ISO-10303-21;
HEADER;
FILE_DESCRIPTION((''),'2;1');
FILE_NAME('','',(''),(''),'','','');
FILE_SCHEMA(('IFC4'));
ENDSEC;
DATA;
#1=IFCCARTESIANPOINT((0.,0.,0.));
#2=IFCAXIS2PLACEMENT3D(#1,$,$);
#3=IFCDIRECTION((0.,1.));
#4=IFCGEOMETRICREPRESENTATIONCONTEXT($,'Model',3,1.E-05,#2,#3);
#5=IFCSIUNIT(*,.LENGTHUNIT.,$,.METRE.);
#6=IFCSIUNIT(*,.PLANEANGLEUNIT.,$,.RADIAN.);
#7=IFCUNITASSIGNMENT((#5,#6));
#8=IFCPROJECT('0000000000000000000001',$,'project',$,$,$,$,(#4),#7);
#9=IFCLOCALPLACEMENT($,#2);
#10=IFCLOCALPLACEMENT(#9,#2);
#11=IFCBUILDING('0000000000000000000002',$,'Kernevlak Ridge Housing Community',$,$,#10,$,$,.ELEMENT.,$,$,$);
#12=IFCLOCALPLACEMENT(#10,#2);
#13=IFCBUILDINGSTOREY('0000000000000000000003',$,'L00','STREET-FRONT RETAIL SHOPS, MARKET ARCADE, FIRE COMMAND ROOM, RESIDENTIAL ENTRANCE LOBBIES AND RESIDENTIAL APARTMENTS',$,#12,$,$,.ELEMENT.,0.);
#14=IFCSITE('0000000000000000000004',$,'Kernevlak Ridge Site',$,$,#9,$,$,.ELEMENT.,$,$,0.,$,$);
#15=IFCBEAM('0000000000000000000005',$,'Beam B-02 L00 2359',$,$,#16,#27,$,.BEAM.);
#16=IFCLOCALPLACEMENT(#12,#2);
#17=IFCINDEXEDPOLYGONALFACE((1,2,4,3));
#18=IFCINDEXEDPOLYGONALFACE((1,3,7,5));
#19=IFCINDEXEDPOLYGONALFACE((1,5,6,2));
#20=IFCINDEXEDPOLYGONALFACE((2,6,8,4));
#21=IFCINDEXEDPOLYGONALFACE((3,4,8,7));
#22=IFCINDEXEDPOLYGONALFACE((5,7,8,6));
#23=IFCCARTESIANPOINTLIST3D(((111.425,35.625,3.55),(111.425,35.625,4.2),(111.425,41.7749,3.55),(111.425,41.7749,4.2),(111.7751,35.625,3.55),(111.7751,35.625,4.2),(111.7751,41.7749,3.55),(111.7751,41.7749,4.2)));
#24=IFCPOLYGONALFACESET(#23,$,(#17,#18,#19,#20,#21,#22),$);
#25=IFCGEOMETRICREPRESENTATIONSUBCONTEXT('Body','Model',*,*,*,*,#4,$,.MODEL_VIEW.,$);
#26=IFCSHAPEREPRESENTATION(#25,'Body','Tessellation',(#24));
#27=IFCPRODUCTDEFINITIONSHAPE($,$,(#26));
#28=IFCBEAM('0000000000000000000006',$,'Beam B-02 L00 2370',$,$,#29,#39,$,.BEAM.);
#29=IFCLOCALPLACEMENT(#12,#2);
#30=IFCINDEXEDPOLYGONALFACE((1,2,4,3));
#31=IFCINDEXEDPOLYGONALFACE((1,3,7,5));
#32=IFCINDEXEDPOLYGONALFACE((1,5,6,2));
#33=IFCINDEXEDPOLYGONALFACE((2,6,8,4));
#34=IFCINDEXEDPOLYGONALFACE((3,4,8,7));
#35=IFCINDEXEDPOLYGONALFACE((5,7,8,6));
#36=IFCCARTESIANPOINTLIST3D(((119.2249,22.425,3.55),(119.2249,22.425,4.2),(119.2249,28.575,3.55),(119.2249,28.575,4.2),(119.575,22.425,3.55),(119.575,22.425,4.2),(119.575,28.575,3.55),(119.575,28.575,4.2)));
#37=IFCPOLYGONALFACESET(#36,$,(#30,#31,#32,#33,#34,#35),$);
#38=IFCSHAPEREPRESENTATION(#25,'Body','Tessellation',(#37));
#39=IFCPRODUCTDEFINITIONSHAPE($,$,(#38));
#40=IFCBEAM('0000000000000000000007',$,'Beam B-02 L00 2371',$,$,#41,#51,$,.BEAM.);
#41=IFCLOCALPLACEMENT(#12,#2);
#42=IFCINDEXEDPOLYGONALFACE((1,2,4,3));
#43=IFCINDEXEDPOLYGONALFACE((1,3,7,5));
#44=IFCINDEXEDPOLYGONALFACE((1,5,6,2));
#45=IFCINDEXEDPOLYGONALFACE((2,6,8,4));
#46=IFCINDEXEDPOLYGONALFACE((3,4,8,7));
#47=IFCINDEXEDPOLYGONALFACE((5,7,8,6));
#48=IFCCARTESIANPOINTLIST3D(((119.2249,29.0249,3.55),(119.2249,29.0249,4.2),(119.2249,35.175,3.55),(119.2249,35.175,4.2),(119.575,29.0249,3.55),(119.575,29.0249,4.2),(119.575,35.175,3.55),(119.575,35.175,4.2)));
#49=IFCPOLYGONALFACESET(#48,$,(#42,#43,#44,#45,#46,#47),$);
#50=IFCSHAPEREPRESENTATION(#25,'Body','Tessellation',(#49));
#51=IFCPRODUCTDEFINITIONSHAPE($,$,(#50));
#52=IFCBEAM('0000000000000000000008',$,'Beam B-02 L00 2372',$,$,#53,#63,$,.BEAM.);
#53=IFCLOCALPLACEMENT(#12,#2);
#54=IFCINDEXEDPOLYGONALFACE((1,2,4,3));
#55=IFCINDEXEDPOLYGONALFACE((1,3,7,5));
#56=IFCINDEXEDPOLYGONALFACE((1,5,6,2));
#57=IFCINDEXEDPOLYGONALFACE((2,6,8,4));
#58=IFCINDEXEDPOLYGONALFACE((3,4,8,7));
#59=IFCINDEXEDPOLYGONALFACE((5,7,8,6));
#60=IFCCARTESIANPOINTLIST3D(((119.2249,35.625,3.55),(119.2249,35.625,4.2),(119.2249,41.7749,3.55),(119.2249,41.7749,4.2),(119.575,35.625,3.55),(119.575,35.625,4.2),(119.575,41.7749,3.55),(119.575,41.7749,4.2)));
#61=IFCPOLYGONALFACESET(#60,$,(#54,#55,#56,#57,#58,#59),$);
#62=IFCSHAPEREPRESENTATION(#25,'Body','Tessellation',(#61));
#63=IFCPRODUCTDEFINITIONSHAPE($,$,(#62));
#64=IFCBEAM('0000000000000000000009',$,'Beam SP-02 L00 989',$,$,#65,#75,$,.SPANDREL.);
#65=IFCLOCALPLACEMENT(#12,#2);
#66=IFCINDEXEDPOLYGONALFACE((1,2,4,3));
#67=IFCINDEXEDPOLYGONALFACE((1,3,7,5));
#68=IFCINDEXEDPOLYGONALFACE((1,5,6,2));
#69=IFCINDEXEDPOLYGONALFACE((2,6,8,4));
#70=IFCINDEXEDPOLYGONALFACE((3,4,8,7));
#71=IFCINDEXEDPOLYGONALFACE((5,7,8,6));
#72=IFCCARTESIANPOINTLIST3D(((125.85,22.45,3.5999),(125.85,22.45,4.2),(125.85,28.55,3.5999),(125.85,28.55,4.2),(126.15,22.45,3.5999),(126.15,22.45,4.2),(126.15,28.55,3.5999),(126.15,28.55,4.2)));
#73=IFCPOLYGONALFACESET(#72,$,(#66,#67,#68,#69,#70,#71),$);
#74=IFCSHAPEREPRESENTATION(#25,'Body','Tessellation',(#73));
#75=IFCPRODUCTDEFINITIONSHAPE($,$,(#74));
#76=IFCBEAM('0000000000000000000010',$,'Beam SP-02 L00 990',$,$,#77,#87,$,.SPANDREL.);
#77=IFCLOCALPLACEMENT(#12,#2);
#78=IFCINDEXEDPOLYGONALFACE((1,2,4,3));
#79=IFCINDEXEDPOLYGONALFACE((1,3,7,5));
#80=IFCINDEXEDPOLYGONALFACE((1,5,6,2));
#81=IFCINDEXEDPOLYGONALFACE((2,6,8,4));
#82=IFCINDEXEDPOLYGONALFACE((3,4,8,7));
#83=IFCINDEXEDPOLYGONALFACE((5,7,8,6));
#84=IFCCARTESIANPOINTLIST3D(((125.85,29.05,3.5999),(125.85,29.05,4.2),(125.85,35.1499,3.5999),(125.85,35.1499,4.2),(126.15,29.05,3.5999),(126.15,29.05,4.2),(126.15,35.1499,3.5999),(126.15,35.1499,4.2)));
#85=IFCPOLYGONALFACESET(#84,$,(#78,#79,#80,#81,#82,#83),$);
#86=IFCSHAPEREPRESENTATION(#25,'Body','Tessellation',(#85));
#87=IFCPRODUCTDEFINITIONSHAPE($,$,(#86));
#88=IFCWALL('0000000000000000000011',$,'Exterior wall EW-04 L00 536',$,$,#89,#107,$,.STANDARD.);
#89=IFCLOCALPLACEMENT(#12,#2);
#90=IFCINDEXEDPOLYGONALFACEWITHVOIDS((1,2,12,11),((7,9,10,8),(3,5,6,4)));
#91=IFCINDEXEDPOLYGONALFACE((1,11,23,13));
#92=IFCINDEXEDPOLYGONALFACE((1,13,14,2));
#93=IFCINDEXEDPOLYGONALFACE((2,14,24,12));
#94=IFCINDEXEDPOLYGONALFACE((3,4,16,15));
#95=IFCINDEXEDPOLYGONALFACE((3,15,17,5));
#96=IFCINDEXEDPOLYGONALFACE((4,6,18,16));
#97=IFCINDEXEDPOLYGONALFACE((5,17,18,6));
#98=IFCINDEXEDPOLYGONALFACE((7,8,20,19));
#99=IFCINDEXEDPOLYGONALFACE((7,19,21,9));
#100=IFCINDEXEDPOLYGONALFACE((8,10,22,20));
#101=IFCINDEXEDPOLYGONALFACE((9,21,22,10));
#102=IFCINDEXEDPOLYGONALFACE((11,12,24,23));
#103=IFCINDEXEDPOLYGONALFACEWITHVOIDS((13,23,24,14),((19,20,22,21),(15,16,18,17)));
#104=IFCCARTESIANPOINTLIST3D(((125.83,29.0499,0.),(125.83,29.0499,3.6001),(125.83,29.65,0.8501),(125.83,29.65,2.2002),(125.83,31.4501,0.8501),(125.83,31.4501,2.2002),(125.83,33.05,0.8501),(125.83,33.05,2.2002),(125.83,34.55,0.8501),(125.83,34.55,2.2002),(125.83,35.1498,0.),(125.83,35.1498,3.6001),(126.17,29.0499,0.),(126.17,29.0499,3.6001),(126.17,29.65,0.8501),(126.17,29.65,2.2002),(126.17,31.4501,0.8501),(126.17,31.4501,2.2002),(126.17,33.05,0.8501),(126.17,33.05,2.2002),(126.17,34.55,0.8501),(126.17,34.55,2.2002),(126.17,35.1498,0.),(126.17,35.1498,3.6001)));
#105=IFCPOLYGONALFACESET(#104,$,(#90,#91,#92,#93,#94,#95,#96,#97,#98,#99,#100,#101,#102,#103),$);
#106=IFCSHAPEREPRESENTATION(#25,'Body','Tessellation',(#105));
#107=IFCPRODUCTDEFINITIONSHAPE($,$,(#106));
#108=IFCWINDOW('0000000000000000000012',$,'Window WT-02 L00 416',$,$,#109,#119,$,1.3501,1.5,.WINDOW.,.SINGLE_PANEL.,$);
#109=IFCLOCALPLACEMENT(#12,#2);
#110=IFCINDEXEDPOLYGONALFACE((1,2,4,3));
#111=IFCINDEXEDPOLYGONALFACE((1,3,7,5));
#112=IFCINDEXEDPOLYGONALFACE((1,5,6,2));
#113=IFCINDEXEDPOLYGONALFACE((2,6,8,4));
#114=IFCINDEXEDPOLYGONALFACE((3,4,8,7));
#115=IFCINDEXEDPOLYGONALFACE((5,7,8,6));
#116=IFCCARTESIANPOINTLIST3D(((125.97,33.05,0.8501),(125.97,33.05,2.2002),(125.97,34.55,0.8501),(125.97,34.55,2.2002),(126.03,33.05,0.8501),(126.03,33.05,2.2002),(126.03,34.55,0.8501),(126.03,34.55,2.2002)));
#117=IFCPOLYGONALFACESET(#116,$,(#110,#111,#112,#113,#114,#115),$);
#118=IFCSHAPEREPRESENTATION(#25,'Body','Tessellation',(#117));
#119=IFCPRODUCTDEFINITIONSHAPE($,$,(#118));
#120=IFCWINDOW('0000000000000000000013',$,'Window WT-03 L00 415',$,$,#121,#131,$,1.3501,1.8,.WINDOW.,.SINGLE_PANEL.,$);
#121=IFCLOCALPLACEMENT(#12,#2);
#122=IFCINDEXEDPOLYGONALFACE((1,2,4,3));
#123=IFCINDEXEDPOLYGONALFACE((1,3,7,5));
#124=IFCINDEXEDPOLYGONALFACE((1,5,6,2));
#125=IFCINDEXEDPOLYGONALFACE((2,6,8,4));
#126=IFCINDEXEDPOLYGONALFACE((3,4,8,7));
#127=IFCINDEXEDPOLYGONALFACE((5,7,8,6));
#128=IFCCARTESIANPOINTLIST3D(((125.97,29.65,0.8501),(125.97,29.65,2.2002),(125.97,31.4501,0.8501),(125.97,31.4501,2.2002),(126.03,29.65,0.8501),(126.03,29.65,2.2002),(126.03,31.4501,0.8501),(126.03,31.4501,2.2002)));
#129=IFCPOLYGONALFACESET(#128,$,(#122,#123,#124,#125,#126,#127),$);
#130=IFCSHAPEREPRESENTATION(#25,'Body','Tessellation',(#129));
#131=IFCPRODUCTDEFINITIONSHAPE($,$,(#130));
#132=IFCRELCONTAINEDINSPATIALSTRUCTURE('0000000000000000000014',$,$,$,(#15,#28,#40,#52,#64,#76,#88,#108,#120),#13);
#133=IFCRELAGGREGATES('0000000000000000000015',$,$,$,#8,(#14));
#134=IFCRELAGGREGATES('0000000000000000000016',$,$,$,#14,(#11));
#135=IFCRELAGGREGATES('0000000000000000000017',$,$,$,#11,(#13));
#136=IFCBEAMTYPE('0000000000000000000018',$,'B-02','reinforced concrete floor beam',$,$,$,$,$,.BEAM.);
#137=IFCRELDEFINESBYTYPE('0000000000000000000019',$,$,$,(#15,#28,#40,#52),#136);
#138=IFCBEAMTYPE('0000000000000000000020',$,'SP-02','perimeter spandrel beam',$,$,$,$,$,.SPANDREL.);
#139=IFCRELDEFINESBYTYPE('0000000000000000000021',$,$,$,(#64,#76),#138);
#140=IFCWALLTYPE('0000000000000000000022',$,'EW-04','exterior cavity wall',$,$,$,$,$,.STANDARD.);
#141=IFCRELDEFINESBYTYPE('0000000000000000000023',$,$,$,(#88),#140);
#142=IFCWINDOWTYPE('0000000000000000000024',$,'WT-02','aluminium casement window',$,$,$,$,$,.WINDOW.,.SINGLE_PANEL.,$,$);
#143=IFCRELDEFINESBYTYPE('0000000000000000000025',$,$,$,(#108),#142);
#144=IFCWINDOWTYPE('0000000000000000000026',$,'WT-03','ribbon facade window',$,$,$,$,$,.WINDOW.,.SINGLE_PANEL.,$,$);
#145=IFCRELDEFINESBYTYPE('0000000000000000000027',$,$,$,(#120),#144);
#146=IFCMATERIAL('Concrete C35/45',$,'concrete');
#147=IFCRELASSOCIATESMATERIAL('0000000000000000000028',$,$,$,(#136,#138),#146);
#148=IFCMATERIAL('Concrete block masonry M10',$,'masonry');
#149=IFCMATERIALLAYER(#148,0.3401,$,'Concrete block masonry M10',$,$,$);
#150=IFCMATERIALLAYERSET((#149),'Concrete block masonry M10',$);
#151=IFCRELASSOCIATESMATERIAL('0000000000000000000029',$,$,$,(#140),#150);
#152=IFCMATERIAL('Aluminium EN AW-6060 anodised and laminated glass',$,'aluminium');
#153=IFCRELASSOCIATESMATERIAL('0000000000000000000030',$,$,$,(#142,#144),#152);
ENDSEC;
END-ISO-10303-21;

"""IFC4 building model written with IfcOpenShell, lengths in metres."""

from ifc_helpers import new_model, si_unit, direction, frame, frame_2d, origin, origin_2d, place, context, subcontext, project, spatial, rectangle, extrude, material, layer, layer_set, material_profile, profile_set, type_object, element, fill, save


model = new_model("IFC4")

# Units and contexts
model_context = context("Model", 3, precision=1e-05, world=origin(), true_north=direction((0.0, 1.0)))
body_context = subcontext(model_context, "Body", "Model", "MODEL_VIEW")
ifc_project = project(units=[si_unit("LENGTHUNIT", "METRE"), si_unit("PLANEANGLEUNIT", "RADIAN")], contexts=[model_context])

# Site, building, storey
site_placement = place(None, origin())
site = spatial("IfcSite", under=ifc_project, at=site_placement, Name="Kernevlak Ridge Site", CompositionType="ELEMENT", RefElevation=0.0)
building_placement = place(site_placement, origin())
building = spatial("IfcBuilding", under=site, at=building_placement, Name="Kernevlak Ridge Housing Community", CompositionType="ELEMENT")
storey_placement = place(building_placement, origin())
storey = spatial("IfcBuildingStorey", under=building, at=storey_placement, Name="L00", Description="STREET-FRONT RETAIL SHOPS, MARKET ARCADE, FIRE COMMAND ROOM, RESIDENTIAL ENTRANCE LOBBIES AND RESIDENTIAL APARTMENTS", CompositionType="ELEMENT", Elevation=0.0)

# Shared definitions
ifc_material_1 = material(Name="Concrete C35/45", Category="concrete")

# Beams
ifc_material_profile_1 = material_profile(ifc_material_1, rectangle(XDim=0.3501, YDim=0.6499, at=origin_2d()), Name="RC 350x650")
ifc_profile_set_1 = profile_set([ifc_material_profile_1], Name="Concrete C35/45")
beam_type_1 = type_object("IfcBeamType", Name="B-02", Description="reinforced concrete floor beam", PredefinedType="BEAM", material=ifc_profile_set_1)
for number, where, z_axis, x_axis, name in (
    (1, (111.6001, 35.625, 3.875), (0.0, 1.0, 0.0), (-1.0, 0.0, 0.0), "Beam B-02 L00 2359"),
    (2, (119.3999, 22.425, 3.875), (0.0, 1.0, 0.0), (-1.0, 0.0, 0.0), "Beam B-02 L00 2370"),
):
    element("IfcBeam", number, at=place(storey_placement, frame(where, z_axis=z_axis, x_axis=x_axis)), inside=storey, type_object=beam_type_1, Name=name, PredefinedType="BEAM", context=body_context, shape_type="SweptSolid", body=[
        extrude(rectangle(XDim=0.3501, YDim=0.6499, at=origin_2d()), origin(), (0.0, 0.0, 1.0), 6.1499),
    ])
beam_1_placement = place(storey_placement, frame((119.3999, 29.0249, 3.875), z_axis=(0.0, 1.0, 0.0), x_axis=(-1.0, 0.0, 0.0)))
element("IfcBeam", 3, at=beam_1_placement, inside=storey, type_object=beam_type_1, Name="Beam B-02 L00 2371", PredefinedType="BEAM", context=body_context, shape_type="SweptSolid", body=[
    extrude(rectangle(XDim=0.3501, YDim=0.6499, at=origin_2d()), origin(), (0.0, 0.0, 1.0), 6.1501),
])
beam_2_placement = place(storey_placement, frame((119.3999, 35.625, 3.875), z_axis=(0.0, 1.0, 0.0), x_axis=(-1.0, 0.0, 0.0)))
element("IfcBeam", 4, at=beam_2_placement, inside=storey, type_object=beam_type_1, Name="Beam B-02 L00 2372", PredefinedType="BEAM", context=body_context, shape_type="SweptSolid", body=[
    extrude(rectangle(XDim=0.3501, YDim=0.6499, at=origin_2d()), origin(), (0.0, 0.0, 1.0), 6.1499),
])
ifc_material_profile_2 = material_profile(ifc_material_1, rectangle(XDim=0.3, YDim=0.6001, at=origin_2d()), Name="RC 300x600")
ifc_profile_set_2 = profile_set([ifc_material_profile_2], Name="Concrete C35/45")
beam_type_2 = type_object("IfcBeamType", Name="SP-02", Description="perimeter spandrel beam", PredefinedType="SPANDREL", material=ifc_profile_set_2)
beam_3_placement = place(storey_placement, frame((126.0, 22.45, 3.8999), z_axis=(0.0, 1.0, 0.0), x_axis=(-1.0, 0.0, 0.0)))
element("IfcBeam", 5, at=beam_3_placement, inside=storey, type_object=beam_type_2, Name="Beam SP-02 L00 989", PredefinedType="SPANDREL", context=body_context, shape_type="SweptSolid", body=[
    extrude(rectangle(XDim=0.3, YDim=0.6001, at=origin_2d()), origin(), (0.0, 0.0, 1.0), 6.1001),
])
beam_4_placement = place(storey_placement, frame((126.0, 29.05, 3.8999), z_axis=(0.0, 1.0, 0.0), x_axis=(-1.0, 0.0, 0.0)))
element("IfcBeam", 6, at=beam_4_placement, inside=storey, type_object=beam_type_2, Name="Beam SP-02 L00 990", PredefinedType="SPANDREL", context=body_context, shape_type="SweptSolid", body=[
    extrude(rectangle(XDim=0.3, YDim=0.6001, at=origin_2d()), origin(), (0.0, 0.0, 1.0), 6.0999),
])

# Shared definitions
ifc_material_2 = material(Name="Concrete block masonry M10", Category="masonry")
ifc_layer = layer(ifc_material_2, 0.3401, Name="Concrete block masonry M10")
ifc_layer_set = layer_set([ifc_layer], Name="Concrete block masonry M10")
wall_type = type_object("IfcWallType", Name="EW-04", Description="exterior cavity wall", PredefinedType="STANDARD", material=ifc_layer_set)

# Wall, openings, windows
wall_1_placement = place(storey_placement, frame((126.0, 29.05, 0.0), z_axis=(0.0, 0.0, 1.0), x_axis=(0.0, 1.0, 0.0)))
wall_1 = element("IfcWall", 7, at=wall_1_placement, inside=storey, type_object=wall_type, Name="Exterior wall EW-04 L00 536", PredefinedType="STANDARD", context=body_context, shape_type="SweptSolid", body=[
    extrude(rectangle(XDim=6.0999, YDim=0.3401, at=frame_2d((3.0498, 0.0))), origin(), (0.0, 0.0, 1.0), 3.6001),
])
opening_1_placement = place(wall_1_placement, frame((0.6001, 0.0, 0.8501)))
opening_1 = element("IfcOpeningElement", 8, at=opening_1_placement, cuts=wall_1, PredefinedType="OPENING", context=body_context, shape_type="SweptSolid", body=[
    extrude(rectangle(XDim=1.8, YDim=1.3501, at=frame_2d((0.8999, 0.675))), frame((0.0, 0.1799, 0.0), z_axis=(0.0, -1.0, 0.0), x_axis=(1.0, 0.0, 0.0)), (0.0, 0.0, 1.0), 0.3601),
])
opening_2_placement = place(wall_1_placement, frame((4.0, 0.0, 0.8501)))
opening_2 = element("IfcOpeningElement", 9, at=opening_2_placement, cuts=wall_1, PredefinedType="OPENING", context=body_context, shape_type="SweptSolid", body=[
    extrude(rectangle(XDim=1.5, YDim=1.3501, at=frame_2d((0.75, 0.675))), frame((0.0, 0.1799, 0.0), z_axis=(0.0, -1.0, 0.0), x_axis=(1.0, 0.0, 0.0)), (0.0, 0.0, 1.0), 0.3601),
])
ifc_material_3 = material(Name="Aluminium EN AW-6060 anodised and laminated glass", Category="aluminium")
window_type_1 = type_object("IfcWindowType", Name="WT-02", Description="aluminium casement window", PartitioningType="SINGLE_PANEL", PredefinedType="WINDOW", material=ifc_material_3)
window_1_placement = place(opening_2_placement, origin())
window_1 = element("IfcWindow", 10, at=window_1_placement, inside=storey, type_object=window_type_1, Name="Window WT-02 L00 416", OverallHeight=1.3501, OverallWidth=1.5, PartitioningType="SINGLE_PANEL", PredefinedType="WINDOW", context=body_context, shape_type="SweptSolid", body=[
    extrude(rectangle(XDim=1.5, YDim=1.3501, at=frame_2d((0.75, 0.675))), frame((0.0, 0.03, 0.0), z_axis=(0.0, -1.0, 0.0), x_axis=(1.0, 0.0, 0.0)), (0.0, 0.0, 1.0), 0.0601),
])
fill(opening_2, window_1)
window_type_2 = type_object("IfcWindowType", Name="WT-03", Description="ribbon facade window", PartitioningType="SINGLE_PANEL", PredefinedType="WINDOW", material=ifc_material_3)
window_2_placement = place(opening_1_placement, origin())
window_2 = element("IfcWindow", 11, at=window_2_placement, inside=storey, type_object=window_type_2, Name="Window WT-03 L00 415", OverallHeight=1.3501, OverallWidth=1.8, PartitioningType="SINGLE_PANEL", PredefinedType="WINDOW", context=body_context, shape_type="SweptSolid", body=[
    extrude(rectangle(XDim=1.8, YDim=1.3501, at=frame_2d((0.8999, 0.675))), frame((0.0, 0.03, 0.0), z_axis=(0.0, -1.0, 0.0), x_axis=(1.0, 0.0, 0.0)), (0.0, 0.0, 1.0), 0.0601),
])
fill(opening_1, window_2)

save(model, "model.ifc")
